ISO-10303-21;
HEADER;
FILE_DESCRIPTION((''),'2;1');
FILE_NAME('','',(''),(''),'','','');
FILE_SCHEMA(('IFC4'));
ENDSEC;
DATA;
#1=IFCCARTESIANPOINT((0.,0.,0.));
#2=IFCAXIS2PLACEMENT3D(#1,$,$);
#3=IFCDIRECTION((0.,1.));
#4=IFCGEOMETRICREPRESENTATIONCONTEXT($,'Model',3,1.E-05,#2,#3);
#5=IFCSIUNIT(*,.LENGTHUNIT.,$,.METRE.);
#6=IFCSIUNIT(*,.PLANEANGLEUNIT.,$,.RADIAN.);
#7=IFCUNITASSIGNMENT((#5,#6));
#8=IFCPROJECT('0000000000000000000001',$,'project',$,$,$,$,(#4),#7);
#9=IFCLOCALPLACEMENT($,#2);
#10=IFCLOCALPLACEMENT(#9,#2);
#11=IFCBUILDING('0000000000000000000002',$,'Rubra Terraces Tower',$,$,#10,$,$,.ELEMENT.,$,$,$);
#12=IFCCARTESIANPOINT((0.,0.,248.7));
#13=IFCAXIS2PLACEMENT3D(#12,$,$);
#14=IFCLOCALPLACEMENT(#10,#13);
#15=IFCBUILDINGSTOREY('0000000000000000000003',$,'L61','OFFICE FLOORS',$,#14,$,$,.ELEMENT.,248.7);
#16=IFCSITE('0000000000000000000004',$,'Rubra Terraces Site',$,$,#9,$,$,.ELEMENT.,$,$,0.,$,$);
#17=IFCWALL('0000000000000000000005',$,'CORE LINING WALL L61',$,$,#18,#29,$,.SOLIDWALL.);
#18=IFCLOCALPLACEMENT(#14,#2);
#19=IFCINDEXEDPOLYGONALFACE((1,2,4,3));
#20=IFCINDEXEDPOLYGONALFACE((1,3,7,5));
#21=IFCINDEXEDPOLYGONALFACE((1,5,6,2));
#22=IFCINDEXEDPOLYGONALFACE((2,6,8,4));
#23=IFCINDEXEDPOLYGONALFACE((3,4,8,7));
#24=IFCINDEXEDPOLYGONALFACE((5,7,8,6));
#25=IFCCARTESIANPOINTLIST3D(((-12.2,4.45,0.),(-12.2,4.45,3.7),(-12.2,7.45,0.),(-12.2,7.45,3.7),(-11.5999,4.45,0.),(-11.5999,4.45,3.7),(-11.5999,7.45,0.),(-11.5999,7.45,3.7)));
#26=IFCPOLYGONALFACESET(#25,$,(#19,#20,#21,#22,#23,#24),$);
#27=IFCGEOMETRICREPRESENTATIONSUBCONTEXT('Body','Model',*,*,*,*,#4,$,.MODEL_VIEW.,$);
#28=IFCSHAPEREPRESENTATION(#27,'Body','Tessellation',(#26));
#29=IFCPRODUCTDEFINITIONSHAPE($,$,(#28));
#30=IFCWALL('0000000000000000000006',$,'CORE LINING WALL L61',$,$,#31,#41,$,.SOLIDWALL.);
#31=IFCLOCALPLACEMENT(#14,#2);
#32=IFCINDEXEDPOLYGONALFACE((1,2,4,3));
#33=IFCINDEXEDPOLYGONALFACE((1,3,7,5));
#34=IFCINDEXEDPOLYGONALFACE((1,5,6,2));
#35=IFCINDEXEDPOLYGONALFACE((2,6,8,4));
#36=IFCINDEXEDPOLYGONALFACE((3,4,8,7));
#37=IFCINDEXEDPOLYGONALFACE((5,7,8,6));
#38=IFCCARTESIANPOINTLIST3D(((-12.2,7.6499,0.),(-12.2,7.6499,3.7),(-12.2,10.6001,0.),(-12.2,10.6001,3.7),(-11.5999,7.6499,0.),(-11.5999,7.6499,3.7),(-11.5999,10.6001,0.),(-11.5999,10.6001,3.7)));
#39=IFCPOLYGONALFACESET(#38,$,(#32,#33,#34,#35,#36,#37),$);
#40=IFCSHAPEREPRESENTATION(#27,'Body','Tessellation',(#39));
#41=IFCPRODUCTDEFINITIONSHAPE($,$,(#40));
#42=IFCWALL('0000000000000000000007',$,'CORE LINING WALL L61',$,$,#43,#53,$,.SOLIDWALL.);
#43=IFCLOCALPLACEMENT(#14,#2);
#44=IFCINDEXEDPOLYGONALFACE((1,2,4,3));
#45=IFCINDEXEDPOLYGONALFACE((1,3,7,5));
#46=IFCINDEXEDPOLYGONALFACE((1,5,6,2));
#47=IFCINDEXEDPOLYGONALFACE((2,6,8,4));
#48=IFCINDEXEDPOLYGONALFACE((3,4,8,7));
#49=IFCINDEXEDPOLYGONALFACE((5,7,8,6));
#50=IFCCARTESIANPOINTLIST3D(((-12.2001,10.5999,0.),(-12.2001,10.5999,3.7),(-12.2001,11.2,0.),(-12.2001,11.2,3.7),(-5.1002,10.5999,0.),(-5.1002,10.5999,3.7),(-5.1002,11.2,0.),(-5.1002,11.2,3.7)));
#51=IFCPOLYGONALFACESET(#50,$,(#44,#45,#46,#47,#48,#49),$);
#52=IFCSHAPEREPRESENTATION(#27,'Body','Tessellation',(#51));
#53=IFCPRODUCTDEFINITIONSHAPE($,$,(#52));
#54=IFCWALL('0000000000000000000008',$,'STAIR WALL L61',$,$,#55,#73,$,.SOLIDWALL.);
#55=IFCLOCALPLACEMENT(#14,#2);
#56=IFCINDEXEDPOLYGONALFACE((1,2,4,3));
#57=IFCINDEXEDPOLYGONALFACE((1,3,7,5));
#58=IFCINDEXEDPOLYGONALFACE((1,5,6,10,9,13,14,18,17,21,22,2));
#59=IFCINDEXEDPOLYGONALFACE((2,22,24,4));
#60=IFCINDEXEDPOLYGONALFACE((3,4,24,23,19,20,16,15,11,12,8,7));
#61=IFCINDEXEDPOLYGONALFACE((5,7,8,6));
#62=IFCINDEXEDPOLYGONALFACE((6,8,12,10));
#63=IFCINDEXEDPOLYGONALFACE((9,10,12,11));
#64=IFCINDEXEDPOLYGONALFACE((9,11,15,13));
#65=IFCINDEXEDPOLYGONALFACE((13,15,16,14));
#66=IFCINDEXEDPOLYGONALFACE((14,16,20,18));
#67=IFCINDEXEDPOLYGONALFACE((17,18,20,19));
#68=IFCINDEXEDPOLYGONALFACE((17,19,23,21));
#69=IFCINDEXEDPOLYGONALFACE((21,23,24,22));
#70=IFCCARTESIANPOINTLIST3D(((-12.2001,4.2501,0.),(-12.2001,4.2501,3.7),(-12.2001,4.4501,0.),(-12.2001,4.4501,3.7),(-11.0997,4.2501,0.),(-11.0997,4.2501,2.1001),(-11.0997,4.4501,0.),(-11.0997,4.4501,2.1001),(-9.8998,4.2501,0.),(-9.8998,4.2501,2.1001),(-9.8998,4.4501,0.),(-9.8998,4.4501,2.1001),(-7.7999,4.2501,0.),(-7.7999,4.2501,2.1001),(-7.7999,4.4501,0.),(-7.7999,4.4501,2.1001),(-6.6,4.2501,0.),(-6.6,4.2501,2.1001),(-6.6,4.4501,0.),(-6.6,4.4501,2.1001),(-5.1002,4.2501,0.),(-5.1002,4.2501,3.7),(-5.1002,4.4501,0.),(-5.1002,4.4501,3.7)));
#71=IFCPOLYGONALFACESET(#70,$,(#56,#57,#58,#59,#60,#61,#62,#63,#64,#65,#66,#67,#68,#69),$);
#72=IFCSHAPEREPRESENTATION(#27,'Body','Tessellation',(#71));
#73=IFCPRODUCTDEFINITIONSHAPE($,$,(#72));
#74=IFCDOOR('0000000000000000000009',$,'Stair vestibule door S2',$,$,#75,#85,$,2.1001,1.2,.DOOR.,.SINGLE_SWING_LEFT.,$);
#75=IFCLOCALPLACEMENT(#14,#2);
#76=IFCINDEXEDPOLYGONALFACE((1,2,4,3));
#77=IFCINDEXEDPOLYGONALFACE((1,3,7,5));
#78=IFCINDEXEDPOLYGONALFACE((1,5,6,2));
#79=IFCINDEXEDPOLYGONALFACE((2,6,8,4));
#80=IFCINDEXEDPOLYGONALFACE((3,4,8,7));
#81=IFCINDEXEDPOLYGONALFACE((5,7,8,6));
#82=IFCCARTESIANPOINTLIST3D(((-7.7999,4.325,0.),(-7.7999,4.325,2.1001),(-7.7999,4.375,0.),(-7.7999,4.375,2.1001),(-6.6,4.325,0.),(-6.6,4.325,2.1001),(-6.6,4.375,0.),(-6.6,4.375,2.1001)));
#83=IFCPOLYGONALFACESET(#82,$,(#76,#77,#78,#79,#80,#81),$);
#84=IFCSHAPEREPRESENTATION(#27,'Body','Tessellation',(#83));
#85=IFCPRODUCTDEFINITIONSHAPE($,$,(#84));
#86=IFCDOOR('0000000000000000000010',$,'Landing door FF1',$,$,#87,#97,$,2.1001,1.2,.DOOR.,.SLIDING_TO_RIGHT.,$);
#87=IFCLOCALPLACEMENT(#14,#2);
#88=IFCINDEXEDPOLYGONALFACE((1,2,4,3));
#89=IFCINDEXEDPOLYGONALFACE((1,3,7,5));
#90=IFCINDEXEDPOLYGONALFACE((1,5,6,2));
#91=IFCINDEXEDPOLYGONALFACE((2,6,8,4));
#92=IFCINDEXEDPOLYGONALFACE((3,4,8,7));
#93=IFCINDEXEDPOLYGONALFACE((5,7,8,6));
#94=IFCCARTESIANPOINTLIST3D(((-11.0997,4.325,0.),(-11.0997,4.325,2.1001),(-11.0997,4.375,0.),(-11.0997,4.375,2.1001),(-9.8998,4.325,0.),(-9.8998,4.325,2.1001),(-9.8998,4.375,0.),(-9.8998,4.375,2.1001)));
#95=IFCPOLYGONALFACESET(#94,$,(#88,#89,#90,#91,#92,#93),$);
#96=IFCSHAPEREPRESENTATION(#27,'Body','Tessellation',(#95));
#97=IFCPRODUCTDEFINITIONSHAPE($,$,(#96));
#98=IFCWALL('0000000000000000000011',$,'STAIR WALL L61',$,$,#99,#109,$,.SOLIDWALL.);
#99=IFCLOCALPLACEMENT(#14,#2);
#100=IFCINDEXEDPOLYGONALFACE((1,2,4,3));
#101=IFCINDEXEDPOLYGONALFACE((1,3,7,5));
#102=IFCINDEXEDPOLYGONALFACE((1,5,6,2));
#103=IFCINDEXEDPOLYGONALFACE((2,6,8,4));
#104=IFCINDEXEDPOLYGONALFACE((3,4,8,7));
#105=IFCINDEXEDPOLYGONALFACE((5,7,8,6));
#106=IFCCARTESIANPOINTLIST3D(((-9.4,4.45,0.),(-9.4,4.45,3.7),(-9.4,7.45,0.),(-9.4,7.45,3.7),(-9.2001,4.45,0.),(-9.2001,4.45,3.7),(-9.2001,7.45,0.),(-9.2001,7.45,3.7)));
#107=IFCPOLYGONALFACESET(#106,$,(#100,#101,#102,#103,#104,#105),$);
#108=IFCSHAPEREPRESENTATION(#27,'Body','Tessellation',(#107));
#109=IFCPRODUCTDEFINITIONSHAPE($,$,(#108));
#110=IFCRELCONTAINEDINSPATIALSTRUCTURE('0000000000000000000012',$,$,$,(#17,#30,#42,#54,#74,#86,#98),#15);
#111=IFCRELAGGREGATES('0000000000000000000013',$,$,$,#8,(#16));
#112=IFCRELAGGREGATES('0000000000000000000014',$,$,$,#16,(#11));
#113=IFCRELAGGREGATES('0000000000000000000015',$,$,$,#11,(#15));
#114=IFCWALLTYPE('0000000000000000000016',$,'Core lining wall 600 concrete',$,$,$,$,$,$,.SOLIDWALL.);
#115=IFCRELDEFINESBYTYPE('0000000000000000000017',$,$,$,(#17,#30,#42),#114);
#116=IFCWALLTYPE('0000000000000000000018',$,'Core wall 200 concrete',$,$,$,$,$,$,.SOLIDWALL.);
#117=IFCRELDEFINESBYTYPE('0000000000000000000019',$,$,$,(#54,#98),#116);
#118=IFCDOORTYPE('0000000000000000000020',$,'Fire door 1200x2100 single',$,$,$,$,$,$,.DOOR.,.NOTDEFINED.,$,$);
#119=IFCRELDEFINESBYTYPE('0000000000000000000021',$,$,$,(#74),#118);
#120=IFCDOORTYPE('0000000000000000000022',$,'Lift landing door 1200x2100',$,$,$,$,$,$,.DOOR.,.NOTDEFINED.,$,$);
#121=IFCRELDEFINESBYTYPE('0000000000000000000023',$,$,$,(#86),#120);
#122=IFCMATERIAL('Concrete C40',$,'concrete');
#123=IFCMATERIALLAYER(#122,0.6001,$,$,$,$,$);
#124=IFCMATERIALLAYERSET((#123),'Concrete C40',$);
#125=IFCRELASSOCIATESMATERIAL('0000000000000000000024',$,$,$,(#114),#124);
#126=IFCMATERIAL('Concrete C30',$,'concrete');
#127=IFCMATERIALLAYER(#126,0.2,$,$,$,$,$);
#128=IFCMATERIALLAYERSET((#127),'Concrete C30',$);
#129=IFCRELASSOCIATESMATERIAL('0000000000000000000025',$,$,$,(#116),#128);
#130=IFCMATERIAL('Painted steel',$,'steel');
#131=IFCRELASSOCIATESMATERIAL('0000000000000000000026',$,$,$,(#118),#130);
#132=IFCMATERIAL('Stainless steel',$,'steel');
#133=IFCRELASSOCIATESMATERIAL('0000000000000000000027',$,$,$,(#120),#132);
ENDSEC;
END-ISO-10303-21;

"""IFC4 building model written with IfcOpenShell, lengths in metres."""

from ifc_helpers import new_model, si_unit, direction, frame, frame_2d, origin, place, context, subcontext, project, spatial, rectangle, extrude, material, layer, layer_set, type_object, element, fill, save


model = new_model("IFC4")

# Units and contexts
model_context = context("Model", 3, precision=1e-05, world=origin(), true_north=direction((0.0, 1.0)))
body_context = subcontext(model_context, "Body", "Model", "MODEL_VIEW")
ifc_project = project(units=[si_unit("LENGTHUNIT", "METRE"), si_unit("PLANEANGLEUNIT", "RADIAN")], contexts=[model_context])

# Site, building, storey
site_placement = place(None, origin())
site = spatial("IfcSite", under=ifc_project, at=site_placement, Name="Rubra Terraces Site", CompositionType="ELEMENT", RefElevation=0.0)
building_placement = place(site_placement, origin())
building = spatial("IfcBuilding", under=site, at=building_placement, Name="Rubra Terraces Tower", CompositionType="ELEMENT")
storey_placement = place(building_placement, frame((0.0, 0.0, 248.7)))
storey = spatial("IfcBuildingStorey", under=building, at=storey_placement, Name="L61", Description="OFFICE FLOORS", CompositionType="ELEMENT", Elevation=248.7)

# Walls
ifc_material_1 = material(Name="Concrete C40", Category="concrete")
ifc_layer_1 = layer(ifc_material_1, 0.6001)
ifc_layer_set_1 = layer_set([ifc_layer_1], Name="Concrete C40")
wall_type_1 = type_object("IfcWallType", Name="Core lining wall 600 concrete", PredefinedType="SOLIDWALL", material=ifc_layer_set_1)
wall_1_placement = place(storey_placement, frame((-11.8999, 4.45, 0.0), z_axis=(0.0, 0.0, 1.0), x_axis=(0.0, 1.0, 0.0)))
element("IfcWall", 1, at=wall_1_placement, inside=storey, type_object=wall_type_1, Name="CORE LINING WALL L61", PredefinedType="SOLIDWALL", context=body_context, shape_type="SweptSolid", body=[
    extrude(rectangle(XDim=3.0, YDim=0.6001, at=frame_2d((1.5, 0.0))), origin(), (0.0, 0.0, 1.0), 3.7),
])
wall_2_placement = place(storey_placement, frame((-11.8999, 7.6499, 0.0), z_axis=(0.0, 0.0, 1.0), x_axis=(0.0, 1.0, 0.0)))
element("IfcWall", 2, at=wall_2_placement, inside=storey, type_object=wall_type_1, Name="CORE LINING WALL L61", PredefinedType="SOLIDWALL", context=body_context, shape_type="SweptSolid", body=[
    extrude(rectangle(XDim=2.9502, YDim=0.6001, at=frame_2d((1.4751, 0.0))), origin(), (0.0, 0.0, 1.0), 3.7),
])
wall_3_placement = place(storey_placement, frame((-12.2, 10.8999, 0.0), z_axis=(0.0, 0.0, 1.0), x_axis=(1.0, 0.0, 0.0)))
element("IfcWall", 3, at=wall_3_placement, inside=storey, type_object=wall_type_1, Name="CORE LINING WALL L61", PredefinedType="SOLIDWALL", context=body_context, shape_type="SweptSolid", body=[
    extrude(rectangle(XDim=7.0999, YDim=0.6001, at=frame_2d((3.5498, 0.0))), origin(), (0.0, 0.0, 1.0), 3.7),
])

# Wall, openings, doors
ifc_material_2 = material(Name="Concrete C30", Category="concrete")
ifc_layer_2 = layer(ifc_material_2, 0.2)
ifc_layer_set_2 = layer_set([ifc_layer_2], Name="Concrete C30")
wall_type_2 = type_object("IfcWallType", Name="Core wall 200 concrete", PredefinedType="SOLIDWALL", material=ifc_layer_set_2)
wall_4_placement = place(storey_placement, frame((-12.2, 4.3501, 0.0), z_axis=(0.0, 0.0, 1.0), x_axis=(1.0, 0.0, 0.0)))
wall_4 = element("IfcWall", 4, at=wall_4_placement, inside=storey, type_object=wall_type_2, Name="STAIR WALL L61", PredefinedType="SOLIDWALL", context=body_context, shape_type="SweptSolid", body=[
    extrude(rectangle(XDim=7.0999, YDim=0.2, at=frame_2d((3.5498, 0.0))), origin(), (0.0, 0.0, 1.0), 3.7),
])
opening_1_placement = place(wall_4_placement, frame((4.3999, 0.0, 0.0)))
opening_1 = element("IfcOpeningElement", 5, at=opening_1_placement, cuts=wall_4, PredefinedType="OPENING", context=body_context, shape_type="SweptSolid", body=[
    extrude(rectangle(XDim=1.2, YDim=2.1001, at=frame_2d((0.6001, 1.05))), frame((0.0, 0.1099, 0.0), z_axis=(0.0, -1.0, 0.0), x_axis=(1.0, 0.0, 0.0)), (0.0, 0.0, 1.0), 0.22),
])
opening_2_placement = place(wall_4_placement, frame((1.1001, 0.0, 0.0)))
opening_2 = element("IfcOpeningElement", 6, at=opening_2_placement, cuts=wall_4, PredefinedType="OPENING", context=body_context, shape_type="SweptSolid", body=[
    extrude(rectangle(XDim=1.2, YDim=2.1001, at=frame_2d((0.6001, 1.05))), frame((0.0, 0.1099, 0.0), z_axis=(0.0, -1.0, 0.0), x_axis=(1.0, 0.0, 0.0)), (0.0, 0.0, 1.0), 0.22),
])
ifc_material_3 = material(Name="Painted steel", Category="steel")
door_type_1 = type_object("IfcDoorType", Name="Fire door 1200x2100 single", OperationType="NOTDEFINED", PredefinedType="DOOR", material=ifc_material_3)
door_1_placement = place(opening_1_placement, origin())
door_1 = element("IfcDoor", 7, at=door_1_placement, inside=storey, type_object=door_type_1, Name="Stair vestibule door S2", OperationType="SINGLE_SWING_LEFT", OverallHeight=2.1001, OverallWidth=1.2, PredefinedType="DOOR", context=body_context, shape_type="SweptSolid", body=[
    extrude(rectangle(XDim=1.2, YDim=2.1001, at=frame_2d((0.6001, 1.05))), frame((0.0, 0.0249, 0.0), z_axis=(0.0, -1.0, 0.0), x_axis=(1.0, 0.0, 0.0)), (0.0, 0.0, 1.0), 0.05),
])
fill(opening_1, door_1)
ifc_material_4 = material(Name="Stainless steel", Category="steel")
door_type_2 = type_object("IfcDoorType", Name="Lift landing door 1200x2100", OperationType="NOTDEFINED", PredefinedType="DOOR", material=ifc_material_4)
door_2_placement = place(opening_2_placement, origin())
door_2 = element("IfcDoor", 8, at=door_2_placement, inside=storey, type_object=door_type_2, Name="Landing door FF1", OperationType="SLIDING_TO_RIGHT", OverallHeight=2.1001, OverallWidth=1.2, PredefinedType="DOOR", context=body_context, shape_type="SweptSolid", body=[
    extrude(rectangle(XDim=1.2, YDim=2.1001, at=frame_2d((0.6001, 1.05))), frame((0.0, 0.0249, 0.0), z_axis=(0.0, -1.0, 0.0), x_axis=(1.0, 0.0, 0.0)), (0.0, 0.0, 1.0), 0.05),
])
fill(opening_2, door_2)

# Wall
wall_5_placement = place(storey_placement, frame((-9.3, 4.45, 0.0), z_axis=(0.0, 0.0, 1.0), x_axis=(0.0, 1.0, 0.0)))
element("IfcWall", 9, at=wall_5_placement, inside=storey, type_object=wall_type_2, Name="STAIR WALL L61", PredefinedType="SOLIDWALL", context=body_context, shape_type="SweptSolid", body=[
    extrude(rectangle(XDim=3.0, YDim=0.2, at=frame_2d((1.5, 0.0))), origin(), (0.0, 0.0, 1.0), 3.7),
])

save(model, "model.ifc")
